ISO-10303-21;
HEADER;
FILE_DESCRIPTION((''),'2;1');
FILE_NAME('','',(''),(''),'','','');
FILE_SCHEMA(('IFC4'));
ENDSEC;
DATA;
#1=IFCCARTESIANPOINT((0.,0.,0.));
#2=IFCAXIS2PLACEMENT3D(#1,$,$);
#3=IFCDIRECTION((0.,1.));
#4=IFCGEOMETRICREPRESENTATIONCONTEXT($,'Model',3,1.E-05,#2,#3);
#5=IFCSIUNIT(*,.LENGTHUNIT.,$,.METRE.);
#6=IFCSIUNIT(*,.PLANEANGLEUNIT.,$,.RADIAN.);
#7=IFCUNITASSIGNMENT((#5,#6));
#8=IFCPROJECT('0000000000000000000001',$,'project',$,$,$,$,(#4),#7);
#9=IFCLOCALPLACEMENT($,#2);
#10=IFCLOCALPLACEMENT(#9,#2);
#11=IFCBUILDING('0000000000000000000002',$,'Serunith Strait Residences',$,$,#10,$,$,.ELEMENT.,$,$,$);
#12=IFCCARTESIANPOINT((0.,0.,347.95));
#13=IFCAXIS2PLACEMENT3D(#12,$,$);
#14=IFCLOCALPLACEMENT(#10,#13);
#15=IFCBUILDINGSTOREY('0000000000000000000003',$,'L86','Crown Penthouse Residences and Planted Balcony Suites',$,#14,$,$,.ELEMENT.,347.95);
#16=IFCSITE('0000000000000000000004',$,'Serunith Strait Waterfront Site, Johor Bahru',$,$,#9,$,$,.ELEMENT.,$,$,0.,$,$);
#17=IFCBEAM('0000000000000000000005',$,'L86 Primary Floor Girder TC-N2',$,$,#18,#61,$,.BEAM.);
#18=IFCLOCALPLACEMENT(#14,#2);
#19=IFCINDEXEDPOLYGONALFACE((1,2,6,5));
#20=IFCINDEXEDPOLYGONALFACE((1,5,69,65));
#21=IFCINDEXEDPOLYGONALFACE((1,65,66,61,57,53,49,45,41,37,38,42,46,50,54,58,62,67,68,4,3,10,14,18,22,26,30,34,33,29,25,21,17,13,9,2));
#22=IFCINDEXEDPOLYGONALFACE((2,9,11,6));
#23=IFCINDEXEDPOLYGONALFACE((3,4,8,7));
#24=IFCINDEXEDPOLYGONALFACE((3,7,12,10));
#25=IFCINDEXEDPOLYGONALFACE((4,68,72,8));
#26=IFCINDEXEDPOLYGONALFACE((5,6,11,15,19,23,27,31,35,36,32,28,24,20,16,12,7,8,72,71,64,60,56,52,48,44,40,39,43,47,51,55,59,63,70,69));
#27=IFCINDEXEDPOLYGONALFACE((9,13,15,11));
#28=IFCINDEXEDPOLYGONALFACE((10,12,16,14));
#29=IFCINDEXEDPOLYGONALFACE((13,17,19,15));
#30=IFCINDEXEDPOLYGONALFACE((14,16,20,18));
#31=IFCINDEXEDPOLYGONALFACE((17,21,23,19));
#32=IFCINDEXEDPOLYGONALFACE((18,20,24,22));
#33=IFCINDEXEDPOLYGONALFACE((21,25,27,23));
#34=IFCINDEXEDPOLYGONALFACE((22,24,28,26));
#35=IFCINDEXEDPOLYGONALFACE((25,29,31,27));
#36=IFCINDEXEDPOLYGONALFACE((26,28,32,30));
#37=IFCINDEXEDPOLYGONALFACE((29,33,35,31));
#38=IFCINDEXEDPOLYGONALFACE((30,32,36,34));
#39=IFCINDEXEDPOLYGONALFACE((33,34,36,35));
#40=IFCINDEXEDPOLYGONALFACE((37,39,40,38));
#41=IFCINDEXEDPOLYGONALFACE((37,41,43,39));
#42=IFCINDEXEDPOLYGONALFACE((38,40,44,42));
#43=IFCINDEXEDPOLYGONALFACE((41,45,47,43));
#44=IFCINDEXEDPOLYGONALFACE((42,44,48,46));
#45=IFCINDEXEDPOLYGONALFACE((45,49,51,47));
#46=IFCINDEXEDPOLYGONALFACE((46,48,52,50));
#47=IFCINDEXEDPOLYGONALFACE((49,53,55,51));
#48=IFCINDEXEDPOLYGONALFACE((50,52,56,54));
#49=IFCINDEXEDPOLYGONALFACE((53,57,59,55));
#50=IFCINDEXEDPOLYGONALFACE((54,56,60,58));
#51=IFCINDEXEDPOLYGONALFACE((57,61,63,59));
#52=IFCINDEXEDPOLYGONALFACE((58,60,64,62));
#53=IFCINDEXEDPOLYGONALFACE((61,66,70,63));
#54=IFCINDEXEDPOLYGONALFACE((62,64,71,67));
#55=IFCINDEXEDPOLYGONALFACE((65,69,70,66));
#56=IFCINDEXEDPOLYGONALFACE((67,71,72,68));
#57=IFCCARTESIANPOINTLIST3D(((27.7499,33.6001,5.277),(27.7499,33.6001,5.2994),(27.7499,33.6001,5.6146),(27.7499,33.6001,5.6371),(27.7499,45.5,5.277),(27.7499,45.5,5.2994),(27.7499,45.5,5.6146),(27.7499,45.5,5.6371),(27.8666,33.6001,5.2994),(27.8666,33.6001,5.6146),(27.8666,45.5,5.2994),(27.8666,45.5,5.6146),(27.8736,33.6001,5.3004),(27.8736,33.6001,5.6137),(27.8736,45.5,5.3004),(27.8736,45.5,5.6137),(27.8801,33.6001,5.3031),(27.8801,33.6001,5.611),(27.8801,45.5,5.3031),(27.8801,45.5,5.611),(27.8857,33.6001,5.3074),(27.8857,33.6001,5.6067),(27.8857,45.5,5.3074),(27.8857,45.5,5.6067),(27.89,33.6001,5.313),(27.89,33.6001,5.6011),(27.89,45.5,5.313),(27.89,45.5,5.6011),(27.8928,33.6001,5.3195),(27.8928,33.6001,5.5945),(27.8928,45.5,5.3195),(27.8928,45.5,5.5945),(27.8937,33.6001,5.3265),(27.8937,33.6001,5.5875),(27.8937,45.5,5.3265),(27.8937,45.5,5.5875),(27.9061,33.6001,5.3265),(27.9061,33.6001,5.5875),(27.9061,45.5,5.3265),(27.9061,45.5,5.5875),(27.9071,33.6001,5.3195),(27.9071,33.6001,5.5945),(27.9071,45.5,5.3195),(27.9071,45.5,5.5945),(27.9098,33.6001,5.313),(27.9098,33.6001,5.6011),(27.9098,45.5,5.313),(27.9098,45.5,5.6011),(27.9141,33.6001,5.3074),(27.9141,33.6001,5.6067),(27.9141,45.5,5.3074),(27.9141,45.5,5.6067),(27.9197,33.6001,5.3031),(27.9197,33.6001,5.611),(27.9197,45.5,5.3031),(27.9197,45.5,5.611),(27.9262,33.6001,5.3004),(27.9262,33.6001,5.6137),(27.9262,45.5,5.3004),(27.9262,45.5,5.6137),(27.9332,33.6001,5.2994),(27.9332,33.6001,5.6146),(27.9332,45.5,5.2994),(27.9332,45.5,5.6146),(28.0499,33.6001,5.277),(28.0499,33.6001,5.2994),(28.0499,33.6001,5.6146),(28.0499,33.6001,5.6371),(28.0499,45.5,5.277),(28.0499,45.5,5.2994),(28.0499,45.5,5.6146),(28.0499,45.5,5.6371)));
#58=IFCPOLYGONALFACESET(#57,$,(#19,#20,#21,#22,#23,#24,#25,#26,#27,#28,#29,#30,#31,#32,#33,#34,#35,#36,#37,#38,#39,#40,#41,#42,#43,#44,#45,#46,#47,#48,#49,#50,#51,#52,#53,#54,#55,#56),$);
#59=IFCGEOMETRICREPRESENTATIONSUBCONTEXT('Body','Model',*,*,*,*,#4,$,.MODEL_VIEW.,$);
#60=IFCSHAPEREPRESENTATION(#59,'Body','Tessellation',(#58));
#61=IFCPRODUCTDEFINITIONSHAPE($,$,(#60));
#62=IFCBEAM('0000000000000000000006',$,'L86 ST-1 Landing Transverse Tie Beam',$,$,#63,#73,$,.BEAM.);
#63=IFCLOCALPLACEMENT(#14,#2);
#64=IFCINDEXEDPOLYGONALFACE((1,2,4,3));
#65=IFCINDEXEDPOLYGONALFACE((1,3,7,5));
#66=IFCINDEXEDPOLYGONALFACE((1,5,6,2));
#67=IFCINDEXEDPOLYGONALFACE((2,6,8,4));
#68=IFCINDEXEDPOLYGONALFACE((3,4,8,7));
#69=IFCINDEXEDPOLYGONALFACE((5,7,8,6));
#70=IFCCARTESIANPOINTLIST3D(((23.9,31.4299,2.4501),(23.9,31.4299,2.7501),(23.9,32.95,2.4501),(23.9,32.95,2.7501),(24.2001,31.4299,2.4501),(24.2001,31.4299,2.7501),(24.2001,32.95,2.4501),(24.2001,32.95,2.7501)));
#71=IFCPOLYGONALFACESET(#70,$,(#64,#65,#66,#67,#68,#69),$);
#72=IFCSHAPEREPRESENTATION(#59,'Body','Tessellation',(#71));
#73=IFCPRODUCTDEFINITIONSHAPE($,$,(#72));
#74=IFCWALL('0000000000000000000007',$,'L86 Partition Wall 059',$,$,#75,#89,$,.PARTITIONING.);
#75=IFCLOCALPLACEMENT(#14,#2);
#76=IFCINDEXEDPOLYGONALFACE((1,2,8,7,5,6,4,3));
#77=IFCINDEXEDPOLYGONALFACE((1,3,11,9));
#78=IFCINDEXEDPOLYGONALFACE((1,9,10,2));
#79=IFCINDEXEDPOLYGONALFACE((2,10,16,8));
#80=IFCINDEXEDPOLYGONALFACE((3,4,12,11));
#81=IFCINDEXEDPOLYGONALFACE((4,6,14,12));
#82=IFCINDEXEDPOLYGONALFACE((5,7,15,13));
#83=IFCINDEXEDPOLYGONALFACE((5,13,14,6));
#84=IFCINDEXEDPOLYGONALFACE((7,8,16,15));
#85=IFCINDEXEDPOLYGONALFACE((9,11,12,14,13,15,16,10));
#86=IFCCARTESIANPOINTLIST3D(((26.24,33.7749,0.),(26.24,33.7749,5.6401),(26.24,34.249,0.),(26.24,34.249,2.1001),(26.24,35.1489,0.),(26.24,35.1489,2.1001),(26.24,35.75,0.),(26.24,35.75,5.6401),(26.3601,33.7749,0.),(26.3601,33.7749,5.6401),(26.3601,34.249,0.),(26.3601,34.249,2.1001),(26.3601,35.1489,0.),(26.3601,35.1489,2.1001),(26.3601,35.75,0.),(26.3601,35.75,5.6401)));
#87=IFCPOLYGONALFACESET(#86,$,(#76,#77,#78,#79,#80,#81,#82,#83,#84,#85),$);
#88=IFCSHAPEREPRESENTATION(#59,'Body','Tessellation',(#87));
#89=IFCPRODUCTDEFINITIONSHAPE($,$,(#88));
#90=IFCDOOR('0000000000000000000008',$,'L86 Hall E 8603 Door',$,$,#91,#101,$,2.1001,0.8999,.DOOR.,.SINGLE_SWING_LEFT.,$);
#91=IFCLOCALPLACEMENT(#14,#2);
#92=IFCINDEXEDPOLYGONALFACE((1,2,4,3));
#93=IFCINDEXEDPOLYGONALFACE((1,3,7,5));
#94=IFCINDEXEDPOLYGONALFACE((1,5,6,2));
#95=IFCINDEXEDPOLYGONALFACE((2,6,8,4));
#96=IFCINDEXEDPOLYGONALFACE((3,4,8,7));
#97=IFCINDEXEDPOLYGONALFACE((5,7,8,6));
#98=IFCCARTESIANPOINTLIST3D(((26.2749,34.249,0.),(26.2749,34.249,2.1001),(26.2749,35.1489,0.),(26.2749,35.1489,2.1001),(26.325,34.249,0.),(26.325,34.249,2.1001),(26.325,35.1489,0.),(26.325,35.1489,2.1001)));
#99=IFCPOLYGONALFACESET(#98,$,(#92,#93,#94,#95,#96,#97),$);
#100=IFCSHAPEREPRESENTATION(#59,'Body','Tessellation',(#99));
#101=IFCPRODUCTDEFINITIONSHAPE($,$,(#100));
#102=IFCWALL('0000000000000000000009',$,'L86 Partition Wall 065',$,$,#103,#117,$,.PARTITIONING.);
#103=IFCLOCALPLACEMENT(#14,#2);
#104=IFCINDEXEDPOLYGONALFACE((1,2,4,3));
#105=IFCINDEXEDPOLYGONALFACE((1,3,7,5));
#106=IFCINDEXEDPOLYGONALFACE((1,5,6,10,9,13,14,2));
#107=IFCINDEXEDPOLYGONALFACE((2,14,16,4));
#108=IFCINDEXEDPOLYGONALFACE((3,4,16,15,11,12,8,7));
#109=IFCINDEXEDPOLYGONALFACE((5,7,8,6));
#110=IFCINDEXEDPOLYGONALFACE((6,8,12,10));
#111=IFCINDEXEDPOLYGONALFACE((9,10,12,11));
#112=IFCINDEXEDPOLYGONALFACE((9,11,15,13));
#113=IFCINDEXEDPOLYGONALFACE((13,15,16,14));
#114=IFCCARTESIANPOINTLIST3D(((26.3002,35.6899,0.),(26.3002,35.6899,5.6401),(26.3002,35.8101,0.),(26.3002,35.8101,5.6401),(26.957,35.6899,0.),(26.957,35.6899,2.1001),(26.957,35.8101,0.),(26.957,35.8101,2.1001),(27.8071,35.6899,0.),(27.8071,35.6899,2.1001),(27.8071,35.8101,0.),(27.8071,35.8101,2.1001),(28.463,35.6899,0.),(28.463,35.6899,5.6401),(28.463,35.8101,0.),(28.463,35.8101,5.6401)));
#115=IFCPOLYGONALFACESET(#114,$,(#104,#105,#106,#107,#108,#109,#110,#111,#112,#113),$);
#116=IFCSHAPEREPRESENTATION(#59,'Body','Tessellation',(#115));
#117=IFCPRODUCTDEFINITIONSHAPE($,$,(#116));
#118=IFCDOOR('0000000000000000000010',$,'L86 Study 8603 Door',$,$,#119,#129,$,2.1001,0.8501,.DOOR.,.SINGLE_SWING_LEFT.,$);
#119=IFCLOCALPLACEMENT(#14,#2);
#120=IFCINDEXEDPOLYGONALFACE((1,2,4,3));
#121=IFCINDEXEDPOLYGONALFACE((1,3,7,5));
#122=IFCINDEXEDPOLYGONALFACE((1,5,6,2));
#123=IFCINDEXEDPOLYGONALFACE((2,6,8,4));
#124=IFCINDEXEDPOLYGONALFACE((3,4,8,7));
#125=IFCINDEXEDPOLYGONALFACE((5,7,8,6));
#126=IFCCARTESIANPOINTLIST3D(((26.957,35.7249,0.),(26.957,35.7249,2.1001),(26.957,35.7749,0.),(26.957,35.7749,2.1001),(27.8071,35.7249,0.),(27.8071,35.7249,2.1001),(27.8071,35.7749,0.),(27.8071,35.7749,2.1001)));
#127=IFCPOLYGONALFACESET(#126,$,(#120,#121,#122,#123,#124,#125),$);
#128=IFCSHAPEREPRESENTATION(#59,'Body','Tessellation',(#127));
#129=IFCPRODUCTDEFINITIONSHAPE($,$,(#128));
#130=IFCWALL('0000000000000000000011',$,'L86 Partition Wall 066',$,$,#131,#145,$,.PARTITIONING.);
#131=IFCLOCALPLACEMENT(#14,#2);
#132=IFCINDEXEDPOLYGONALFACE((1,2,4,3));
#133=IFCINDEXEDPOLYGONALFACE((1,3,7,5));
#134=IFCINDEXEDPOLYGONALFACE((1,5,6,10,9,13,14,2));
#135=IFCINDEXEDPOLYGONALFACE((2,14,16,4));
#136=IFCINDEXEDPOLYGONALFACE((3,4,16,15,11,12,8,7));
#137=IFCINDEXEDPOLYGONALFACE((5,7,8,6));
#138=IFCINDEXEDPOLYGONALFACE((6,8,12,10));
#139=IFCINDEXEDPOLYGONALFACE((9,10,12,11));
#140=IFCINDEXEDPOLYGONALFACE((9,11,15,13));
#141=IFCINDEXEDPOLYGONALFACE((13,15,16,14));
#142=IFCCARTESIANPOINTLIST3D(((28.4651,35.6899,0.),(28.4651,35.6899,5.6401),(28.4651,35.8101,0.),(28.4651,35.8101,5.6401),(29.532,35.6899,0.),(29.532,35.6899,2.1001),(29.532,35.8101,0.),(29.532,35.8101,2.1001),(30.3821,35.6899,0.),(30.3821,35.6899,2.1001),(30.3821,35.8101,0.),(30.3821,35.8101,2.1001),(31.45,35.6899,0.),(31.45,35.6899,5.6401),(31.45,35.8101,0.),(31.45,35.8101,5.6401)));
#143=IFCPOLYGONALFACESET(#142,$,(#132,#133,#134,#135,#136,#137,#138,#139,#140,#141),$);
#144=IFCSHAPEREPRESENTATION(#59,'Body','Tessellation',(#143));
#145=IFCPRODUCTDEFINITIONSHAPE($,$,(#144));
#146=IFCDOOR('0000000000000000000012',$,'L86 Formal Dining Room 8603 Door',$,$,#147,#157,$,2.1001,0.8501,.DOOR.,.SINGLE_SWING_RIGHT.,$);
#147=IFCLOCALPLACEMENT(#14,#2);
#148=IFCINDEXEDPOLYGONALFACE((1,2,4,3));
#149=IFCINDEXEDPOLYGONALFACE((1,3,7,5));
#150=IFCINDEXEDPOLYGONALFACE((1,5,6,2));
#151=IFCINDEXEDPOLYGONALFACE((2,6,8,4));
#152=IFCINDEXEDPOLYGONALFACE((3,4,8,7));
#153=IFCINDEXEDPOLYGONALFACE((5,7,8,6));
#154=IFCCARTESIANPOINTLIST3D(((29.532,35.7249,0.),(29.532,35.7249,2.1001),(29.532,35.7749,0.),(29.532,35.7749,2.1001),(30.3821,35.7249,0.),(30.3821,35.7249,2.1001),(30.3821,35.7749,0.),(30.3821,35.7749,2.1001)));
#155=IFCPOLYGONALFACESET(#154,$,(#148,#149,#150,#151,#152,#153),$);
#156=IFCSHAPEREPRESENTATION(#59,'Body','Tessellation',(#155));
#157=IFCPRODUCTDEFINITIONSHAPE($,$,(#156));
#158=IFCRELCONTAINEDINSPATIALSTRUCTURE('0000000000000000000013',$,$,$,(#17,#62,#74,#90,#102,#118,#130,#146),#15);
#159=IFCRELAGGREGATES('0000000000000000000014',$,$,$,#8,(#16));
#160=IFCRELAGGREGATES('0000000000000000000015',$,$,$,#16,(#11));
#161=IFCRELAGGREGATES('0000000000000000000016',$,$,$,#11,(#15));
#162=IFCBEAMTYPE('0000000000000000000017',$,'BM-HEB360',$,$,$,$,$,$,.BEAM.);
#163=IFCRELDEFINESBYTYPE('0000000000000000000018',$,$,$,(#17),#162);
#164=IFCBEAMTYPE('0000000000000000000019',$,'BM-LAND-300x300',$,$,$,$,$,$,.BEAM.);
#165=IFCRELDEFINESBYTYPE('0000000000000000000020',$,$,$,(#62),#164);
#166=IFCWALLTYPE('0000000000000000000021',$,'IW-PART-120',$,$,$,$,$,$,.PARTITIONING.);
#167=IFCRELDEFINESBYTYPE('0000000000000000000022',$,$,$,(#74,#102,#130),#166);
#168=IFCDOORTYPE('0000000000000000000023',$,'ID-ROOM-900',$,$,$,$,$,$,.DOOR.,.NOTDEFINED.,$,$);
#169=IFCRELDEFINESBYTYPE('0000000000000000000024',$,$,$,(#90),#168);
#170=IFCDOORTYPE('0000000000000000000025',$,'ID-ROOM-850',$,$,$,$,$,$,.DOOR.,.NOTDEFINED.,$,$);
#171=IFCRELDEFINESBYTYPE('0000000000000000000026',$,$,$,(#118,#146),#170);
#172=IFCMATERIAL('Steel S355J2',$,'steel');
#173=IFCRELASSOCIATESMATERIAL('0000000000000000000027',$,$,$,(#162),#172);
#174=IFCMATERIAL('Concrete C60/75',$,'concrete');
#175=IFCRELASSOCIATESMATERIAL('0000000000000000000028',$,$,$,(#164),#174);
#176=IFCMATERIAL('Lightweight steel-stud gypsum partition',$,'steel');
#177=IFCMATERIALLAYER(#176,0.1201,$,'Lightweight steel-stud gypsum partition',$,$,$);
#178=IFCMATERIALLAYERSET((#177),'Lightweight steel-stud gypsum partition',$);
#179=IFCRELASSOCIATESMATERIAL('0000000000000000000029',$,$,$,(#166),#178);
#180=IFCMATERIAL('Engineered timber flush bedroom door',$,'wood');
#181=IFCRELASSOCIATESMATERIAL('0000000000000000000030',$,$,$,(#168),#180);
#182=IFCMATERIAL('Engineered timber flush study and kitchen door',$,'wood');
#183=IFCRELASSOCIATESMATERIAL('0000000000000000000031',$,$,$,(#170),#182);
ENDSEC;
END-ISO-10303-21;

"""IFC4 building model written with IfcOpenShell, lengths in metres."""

from ifc_helpers import new_model, si_unit, direction, frame, frame_2d, origin, origin_2d, place, context, subcontext, project, spatial, rectangle, i_section, extrude, source, transform, mapped, material, layer, layer_set, material_profile, profile_set, type_object, element, fill, save


model = new_model("IFC4")

# Units and contexts
model_context = context("Model", 3, precision=1e-05, world=origin(), true_north=direction((0.0, 1.0)))
body_context = subcontext(model_context, "Body", "Model", "MODEL_VIEW")
ifc_project = project(units=[si_unit("LENGTHUNIT", "METRE"), si_unit("PLANEANGLEUNIT", "RADIAN")], contexts=[model_context])

# Site, building, storey
site_placement = place(None, origin())
site = spatial("IfcSite", under=ifc_project, at=site_placement, Name="Serunith Strait Waterfront Site, Johor Bahru", CompositionType="ELEMENT", RefElevation=0.0)
building_placement = place(site_placement, origin())
building = spatial("IfcBuilding", under=site, at=building_placement, Name="Serunith Strait Residences", CompositionType="ELEMENT")
storey_placement = place(building_placement, frame((0.0, 0.0, 347.95)))
storey = spatial("IfcBuildingStorey", under=building, at=storey_placement, Name="L86", Description="Crown Penthouse Residences and Planted Balcony Suites", CompositionType="ELEMENT", Elevation=347.95)

# Beams
ifc_material_1 = material(Name="Steel S355J2", Category="steel")
ifc_material_profile_1 = material_profile(ifc_material_1, i_section(OverallWidth=0.3, OverallDepth=0.3601, WebThickness=0.0125, FlangeThickness=0.0225, FilletRadius=0.0271, at=origin_2d()), Name="HEB 360")
ifc_profile_set_1 = profile_set([ifc_material_profile_1], Name="Steel S355J2")
beam_type_1 = type_object("IfcBeamType", Name="BM-HEB360", PredefinedType="BEAM", material=ifc_profile_set_1)
shared_shape_1 = source(origin(), body_context, "Body", "SweptSolid", [
    extrude(i_section(OverallWidth=0.3, OverallDepth=0.3601, WebThickness=0.0125, FlangeThickness=0.0225, FilletRadius=0.0271, at=origin_2d()), origin(), (0.0, 0.0, 1.0), 11.8999),
])
beam_1_placement = place(storey_placement, frame((27.8999, 33.6001, 5.457), z_axis=(0.0, 1.0, 0.0), x_axis=(-1.0, 0.0, 0.0)))
element("IfcBeam", 1, at=beam_1_placement, inside=storey, type_object=beam_type_1, Name="L86 Primary Floor Girder TC-N2", PredefinedType="BEAM", context=body_context, shape_type="MappedRepresentation", body=[
    mapped(shared_shape_1, transform((0.0, 0.0, 0.0), scale=1.0)),
])
ifc_material_2 = material(Name="Concrete C60/75", Category="concrete")
ifc_material_profile_2 = material_profile(ifc_material_2, rectangle(XDim=0.3, YDim=0.3, at=origin_2d()), Name="RC 300x300")
ifc_profile_set_2 = profile_set([ifc_material_profile_2], Name="Concrete C60/75")
beam_type_2 = type_object("IfcBeamType", Name="BM-LAND-300x300", PredefinedType="BEAM", material=ifc_profile_set_2)
shared_shape_2 = source(origin(), body_context, "Body", "SweptSolid", [
    extrude(rectangle(XDim=0.3, YDim=0.3, at=origin_2d()), origin(), (0.0, 0.0, 1.0), 1.52),
])
beam_2_placement = place(storey_placement, frame((24.05, 31.4299, 2.6001), z_axis=(0.0, 1.0, 0.0), x_axis=(-1.0, 0.0, 0.0)))
element("IfcBeam", 2, at=beam_2_placement, inside=storey, type_object=beam_type_2, Name="L86 ST-1 Landing Transverse Tie Beam", PredefinedType="BEAM", context=body_context, shape_type="MappedRepresentation", body=[
    mapped(shared_shape_2, transform((0.0, 0.0, 0.0), scale=1.0)),
])

# Walls, openings, doors
ifc_material_3 = material(Name="Lightweight steel-stud gypsum partition", Category="steel")
ifc_layer_1 = layer(ifc_material_3, 0.1201, Name="Lightweight steel-stud gypsum partition")
ifc_layer_set_1 = layer_set([ifc_layer_1], Name="Lightweight steel-stud gypsum partition")
wall_type_1 = type_object("IfcWallType", Name="IW-PART-120", PredefinedType="PARTITIONING", material=ifc_layer_set_1)
wall_1_placement = place(storey_placement, frame((26.3, 35.75, 0.0), z_axis=(0.0, 0.0, 1.0), x_axis=(0.0, -1.0, 0.0)))
wall_1 = element("IfcWall", 3, at=wall_1_placement, inside=storey, type_object=wall_type_1, Name="L86 Partition Wall 059", PredefinedType="PARTITIONING", context=body_context, shape_type="SweptSolid", body=[
    extrude(rectangle(XDim=1.9751, YDim=0.1201, at=frame_2d((0.9875, 0.0))), origin(), (0.0, 0.0, 1.0), 5.6401),
])
opening_1_placement = place(wall_1_placement, frame((0.6011, 0.0, 0.0)))
opening_1 = element("IfcOpeningElement", 4, at=opening_1_placement, cuts=wall_1, PredefinedType="OPENING", context=body_context, shape_type="SweptSolid", body=[
    extrude(rectangle(XDim=0.8999, YDim=2.1001, at=frame_2d((0.45, 1.05))), frame((0.0, 0.0701, 0.0), z_axis=(0.0, -1.0, 0.0), x_axis=(1.0, 0.0, 0.0)), (0.0, 0.0, 1.0), 0.1401),
])
ifc_material_4 = material(Name="Engineered timber flush bedroom door", Category="wood")
door_type_1 = type_object("IfcDoorType", Name="ID-ROOM-900", OperationType="NOTDEFINED", PredefinedType="DOOR", material=ifc_material_4)
shared_shape_3 = source(origin(), body_context, "Body", "SweptSolid", [
    extrude(rectangle(XDim=0.8999, YDim=2.1001, at=frame_2d((0.45, 1.05))), frame((0.0, 0.0249, 0.0), z_axis=(0.0, -1.0, 0.0), x_axis=(1.0, 0.0, 0.0)), (0.0, 0.0, 1.0), 0.05),
])
door_1_placement = place(opening_1_placement, origin())
door_1 = element("IfcDoor", 5, at=door_1_placement, inside=storey, type_object=door_type_1, Name="L86 Hall E 8603 Door", OperationType="SINGLE_SWING_LEFT", OverallHeight=2.1001, OverallWidth=0.8999, PredefinedType="DOOR", context=body_context, shape_type="MappedRepresentation", body=[
    mapped(shared_shape_3, transform((0.0, 0.0, 0.0), scale=1.0)),
])
fill(opening_1, door_1)
wall_2_placement = place(storey_placement, frame((26.3, 35.75, 0.0), z_axis=(0.0, 0.0, 1.0), x_axis=(1.0, 0.0, 0.0)))
wall_2 = element("IfcWall", 6, at=wall_2_placement, inside=storey, type_object=wall_type_1, Name="L86 Partition Wall 065", PredefinedType="PARTITIONING", context=body_context, shape_type="SweptSolid", body=[
    extrude(rectangle(XDim=2.1628, YDim=0.1201, at=frame_2d((1.0815, 0.0))), origin(), (0.0, 0.0, 1.0), 5.6401),
])
opening_2_placement = place(wall_2_placement, frame((0.657, 0.0, 0.0)))
opening_2 = element("IfcOpeningElement", 7, at=opening_2_placement, cuts=wall_2, PredefinedType="OPENING", context=body_context, shape_type="SweptSolid", body=[
    extrude(rectangle(XDim=0.8501, YDim=2.1001, at=frame_2d((0.425, 1.05))), frame((0.0, 0.0701, 0.0), z_axis=(0.0, -1.0, 0.0), x_axis=(1.0, 0.0, 0.0)), (0.0, 0.0, 1.0), 0.1401),
])
ifc_material_5 = material(Name="Engineered timber flush study and kitchen door", Category="wood")
door_type_2 = type_object("IfcDoorType", Name="ID-ROOM-850", OperationType="NOTDEFINED", PredefinedType="DOOR", material=ifc_material_5)
shared_shape_4 = source(origin(), body_context, "Body", "SweptSolid", [
    extrude(rectangle(XDim=0.8501, YDim=2.1001, at=frame_2d((0.425, 1.05))), frame((0.0, 0.0249, 0.0), z_axis=(0.0, -1.0, 0.0), x_axis=(1.0, 0.0, 0.0)), (0.0, 0.0, 1.0), 0.05),
])
door_2_placement = place(opening_2_placement, origin())
door_2 = element("IfcDoor", 8, at=door_2_placement, inside=storey, type_object=door_type_2, Name="L86 Study 8603 Door", OperationType="SINGLE_SWING_LEFT", OverallHeight=2.1001, OverallWidth=0.8501, PredefinedType="DOOR", context=body_context, shape_type="MappedRepresentation", body=[
    mapped(shared_shape_4, transform((0.0, 0.0, 0.0), scale=1.0)),
])
fill(opening_2, door_2)
wall_3_placement = place(storey_placement, frame((28.4651, 35.75, 0.0), z_axis=(0.0, 0.0, 1.0), x_axis=(1.0, 0.0, 0.0)))
wall_3 = element("IfcWall", 9, at=wall_3_placement, inside=storey, type_object=wall_type_1, Name="L86 Partition Wall 066", PredefinedType="PARTITIONING", context=body_context, shape_type="SweptSolid", body=[
    extrude(rectangle(XDim=2.9849, YDim=0.1201, at=frame_2d((1.4924, 0.0))), origin(), (0.0, 0.0, 1.0), 5.6401),
])
opening_3_placement = place(wall_3_placement, frame((1.0669, 0.0, 0.0)))
opening_3 = element("IfcOpeningElement", 10, at=opening_3_placement, cuts=wall_3, PredefinedType="OPENING", context=body_context, shape_type="SweptSolid", body=[
    extrude(rectangle(XDim=0.8501, YDim=2.1001, at=frame_2d((0.425, 1.05))), frame((0.0, 0.0701, 0.0), z_axis=(0.0, -1.0, 0.0), x_axis=(1.0, 0.0, 0.0)), (0.0, 0.0, 1.0), 0.1401),
])
door_3_placement = place(opening_3_placement, origin())
door_3 = element("IfcDoor", 11, at=door_3_placement, inside=storey, type_object=door_type_2, Name="L86 Formal Dining Room 8603 Door", OperationType="SINGLE_SWING_RIGHT", OverallHeight=2.1001, OverallWidth=0.8501, PredefinedType="DOOR", context=body_context, shape_type="MappedRepresentation", body=[
    mapped(shared_shape_4, transform((0.0, 0.0, 0.0), scale=1.0)),
])
fill(opening_3, door_3)

save(model, "model.ifc")
